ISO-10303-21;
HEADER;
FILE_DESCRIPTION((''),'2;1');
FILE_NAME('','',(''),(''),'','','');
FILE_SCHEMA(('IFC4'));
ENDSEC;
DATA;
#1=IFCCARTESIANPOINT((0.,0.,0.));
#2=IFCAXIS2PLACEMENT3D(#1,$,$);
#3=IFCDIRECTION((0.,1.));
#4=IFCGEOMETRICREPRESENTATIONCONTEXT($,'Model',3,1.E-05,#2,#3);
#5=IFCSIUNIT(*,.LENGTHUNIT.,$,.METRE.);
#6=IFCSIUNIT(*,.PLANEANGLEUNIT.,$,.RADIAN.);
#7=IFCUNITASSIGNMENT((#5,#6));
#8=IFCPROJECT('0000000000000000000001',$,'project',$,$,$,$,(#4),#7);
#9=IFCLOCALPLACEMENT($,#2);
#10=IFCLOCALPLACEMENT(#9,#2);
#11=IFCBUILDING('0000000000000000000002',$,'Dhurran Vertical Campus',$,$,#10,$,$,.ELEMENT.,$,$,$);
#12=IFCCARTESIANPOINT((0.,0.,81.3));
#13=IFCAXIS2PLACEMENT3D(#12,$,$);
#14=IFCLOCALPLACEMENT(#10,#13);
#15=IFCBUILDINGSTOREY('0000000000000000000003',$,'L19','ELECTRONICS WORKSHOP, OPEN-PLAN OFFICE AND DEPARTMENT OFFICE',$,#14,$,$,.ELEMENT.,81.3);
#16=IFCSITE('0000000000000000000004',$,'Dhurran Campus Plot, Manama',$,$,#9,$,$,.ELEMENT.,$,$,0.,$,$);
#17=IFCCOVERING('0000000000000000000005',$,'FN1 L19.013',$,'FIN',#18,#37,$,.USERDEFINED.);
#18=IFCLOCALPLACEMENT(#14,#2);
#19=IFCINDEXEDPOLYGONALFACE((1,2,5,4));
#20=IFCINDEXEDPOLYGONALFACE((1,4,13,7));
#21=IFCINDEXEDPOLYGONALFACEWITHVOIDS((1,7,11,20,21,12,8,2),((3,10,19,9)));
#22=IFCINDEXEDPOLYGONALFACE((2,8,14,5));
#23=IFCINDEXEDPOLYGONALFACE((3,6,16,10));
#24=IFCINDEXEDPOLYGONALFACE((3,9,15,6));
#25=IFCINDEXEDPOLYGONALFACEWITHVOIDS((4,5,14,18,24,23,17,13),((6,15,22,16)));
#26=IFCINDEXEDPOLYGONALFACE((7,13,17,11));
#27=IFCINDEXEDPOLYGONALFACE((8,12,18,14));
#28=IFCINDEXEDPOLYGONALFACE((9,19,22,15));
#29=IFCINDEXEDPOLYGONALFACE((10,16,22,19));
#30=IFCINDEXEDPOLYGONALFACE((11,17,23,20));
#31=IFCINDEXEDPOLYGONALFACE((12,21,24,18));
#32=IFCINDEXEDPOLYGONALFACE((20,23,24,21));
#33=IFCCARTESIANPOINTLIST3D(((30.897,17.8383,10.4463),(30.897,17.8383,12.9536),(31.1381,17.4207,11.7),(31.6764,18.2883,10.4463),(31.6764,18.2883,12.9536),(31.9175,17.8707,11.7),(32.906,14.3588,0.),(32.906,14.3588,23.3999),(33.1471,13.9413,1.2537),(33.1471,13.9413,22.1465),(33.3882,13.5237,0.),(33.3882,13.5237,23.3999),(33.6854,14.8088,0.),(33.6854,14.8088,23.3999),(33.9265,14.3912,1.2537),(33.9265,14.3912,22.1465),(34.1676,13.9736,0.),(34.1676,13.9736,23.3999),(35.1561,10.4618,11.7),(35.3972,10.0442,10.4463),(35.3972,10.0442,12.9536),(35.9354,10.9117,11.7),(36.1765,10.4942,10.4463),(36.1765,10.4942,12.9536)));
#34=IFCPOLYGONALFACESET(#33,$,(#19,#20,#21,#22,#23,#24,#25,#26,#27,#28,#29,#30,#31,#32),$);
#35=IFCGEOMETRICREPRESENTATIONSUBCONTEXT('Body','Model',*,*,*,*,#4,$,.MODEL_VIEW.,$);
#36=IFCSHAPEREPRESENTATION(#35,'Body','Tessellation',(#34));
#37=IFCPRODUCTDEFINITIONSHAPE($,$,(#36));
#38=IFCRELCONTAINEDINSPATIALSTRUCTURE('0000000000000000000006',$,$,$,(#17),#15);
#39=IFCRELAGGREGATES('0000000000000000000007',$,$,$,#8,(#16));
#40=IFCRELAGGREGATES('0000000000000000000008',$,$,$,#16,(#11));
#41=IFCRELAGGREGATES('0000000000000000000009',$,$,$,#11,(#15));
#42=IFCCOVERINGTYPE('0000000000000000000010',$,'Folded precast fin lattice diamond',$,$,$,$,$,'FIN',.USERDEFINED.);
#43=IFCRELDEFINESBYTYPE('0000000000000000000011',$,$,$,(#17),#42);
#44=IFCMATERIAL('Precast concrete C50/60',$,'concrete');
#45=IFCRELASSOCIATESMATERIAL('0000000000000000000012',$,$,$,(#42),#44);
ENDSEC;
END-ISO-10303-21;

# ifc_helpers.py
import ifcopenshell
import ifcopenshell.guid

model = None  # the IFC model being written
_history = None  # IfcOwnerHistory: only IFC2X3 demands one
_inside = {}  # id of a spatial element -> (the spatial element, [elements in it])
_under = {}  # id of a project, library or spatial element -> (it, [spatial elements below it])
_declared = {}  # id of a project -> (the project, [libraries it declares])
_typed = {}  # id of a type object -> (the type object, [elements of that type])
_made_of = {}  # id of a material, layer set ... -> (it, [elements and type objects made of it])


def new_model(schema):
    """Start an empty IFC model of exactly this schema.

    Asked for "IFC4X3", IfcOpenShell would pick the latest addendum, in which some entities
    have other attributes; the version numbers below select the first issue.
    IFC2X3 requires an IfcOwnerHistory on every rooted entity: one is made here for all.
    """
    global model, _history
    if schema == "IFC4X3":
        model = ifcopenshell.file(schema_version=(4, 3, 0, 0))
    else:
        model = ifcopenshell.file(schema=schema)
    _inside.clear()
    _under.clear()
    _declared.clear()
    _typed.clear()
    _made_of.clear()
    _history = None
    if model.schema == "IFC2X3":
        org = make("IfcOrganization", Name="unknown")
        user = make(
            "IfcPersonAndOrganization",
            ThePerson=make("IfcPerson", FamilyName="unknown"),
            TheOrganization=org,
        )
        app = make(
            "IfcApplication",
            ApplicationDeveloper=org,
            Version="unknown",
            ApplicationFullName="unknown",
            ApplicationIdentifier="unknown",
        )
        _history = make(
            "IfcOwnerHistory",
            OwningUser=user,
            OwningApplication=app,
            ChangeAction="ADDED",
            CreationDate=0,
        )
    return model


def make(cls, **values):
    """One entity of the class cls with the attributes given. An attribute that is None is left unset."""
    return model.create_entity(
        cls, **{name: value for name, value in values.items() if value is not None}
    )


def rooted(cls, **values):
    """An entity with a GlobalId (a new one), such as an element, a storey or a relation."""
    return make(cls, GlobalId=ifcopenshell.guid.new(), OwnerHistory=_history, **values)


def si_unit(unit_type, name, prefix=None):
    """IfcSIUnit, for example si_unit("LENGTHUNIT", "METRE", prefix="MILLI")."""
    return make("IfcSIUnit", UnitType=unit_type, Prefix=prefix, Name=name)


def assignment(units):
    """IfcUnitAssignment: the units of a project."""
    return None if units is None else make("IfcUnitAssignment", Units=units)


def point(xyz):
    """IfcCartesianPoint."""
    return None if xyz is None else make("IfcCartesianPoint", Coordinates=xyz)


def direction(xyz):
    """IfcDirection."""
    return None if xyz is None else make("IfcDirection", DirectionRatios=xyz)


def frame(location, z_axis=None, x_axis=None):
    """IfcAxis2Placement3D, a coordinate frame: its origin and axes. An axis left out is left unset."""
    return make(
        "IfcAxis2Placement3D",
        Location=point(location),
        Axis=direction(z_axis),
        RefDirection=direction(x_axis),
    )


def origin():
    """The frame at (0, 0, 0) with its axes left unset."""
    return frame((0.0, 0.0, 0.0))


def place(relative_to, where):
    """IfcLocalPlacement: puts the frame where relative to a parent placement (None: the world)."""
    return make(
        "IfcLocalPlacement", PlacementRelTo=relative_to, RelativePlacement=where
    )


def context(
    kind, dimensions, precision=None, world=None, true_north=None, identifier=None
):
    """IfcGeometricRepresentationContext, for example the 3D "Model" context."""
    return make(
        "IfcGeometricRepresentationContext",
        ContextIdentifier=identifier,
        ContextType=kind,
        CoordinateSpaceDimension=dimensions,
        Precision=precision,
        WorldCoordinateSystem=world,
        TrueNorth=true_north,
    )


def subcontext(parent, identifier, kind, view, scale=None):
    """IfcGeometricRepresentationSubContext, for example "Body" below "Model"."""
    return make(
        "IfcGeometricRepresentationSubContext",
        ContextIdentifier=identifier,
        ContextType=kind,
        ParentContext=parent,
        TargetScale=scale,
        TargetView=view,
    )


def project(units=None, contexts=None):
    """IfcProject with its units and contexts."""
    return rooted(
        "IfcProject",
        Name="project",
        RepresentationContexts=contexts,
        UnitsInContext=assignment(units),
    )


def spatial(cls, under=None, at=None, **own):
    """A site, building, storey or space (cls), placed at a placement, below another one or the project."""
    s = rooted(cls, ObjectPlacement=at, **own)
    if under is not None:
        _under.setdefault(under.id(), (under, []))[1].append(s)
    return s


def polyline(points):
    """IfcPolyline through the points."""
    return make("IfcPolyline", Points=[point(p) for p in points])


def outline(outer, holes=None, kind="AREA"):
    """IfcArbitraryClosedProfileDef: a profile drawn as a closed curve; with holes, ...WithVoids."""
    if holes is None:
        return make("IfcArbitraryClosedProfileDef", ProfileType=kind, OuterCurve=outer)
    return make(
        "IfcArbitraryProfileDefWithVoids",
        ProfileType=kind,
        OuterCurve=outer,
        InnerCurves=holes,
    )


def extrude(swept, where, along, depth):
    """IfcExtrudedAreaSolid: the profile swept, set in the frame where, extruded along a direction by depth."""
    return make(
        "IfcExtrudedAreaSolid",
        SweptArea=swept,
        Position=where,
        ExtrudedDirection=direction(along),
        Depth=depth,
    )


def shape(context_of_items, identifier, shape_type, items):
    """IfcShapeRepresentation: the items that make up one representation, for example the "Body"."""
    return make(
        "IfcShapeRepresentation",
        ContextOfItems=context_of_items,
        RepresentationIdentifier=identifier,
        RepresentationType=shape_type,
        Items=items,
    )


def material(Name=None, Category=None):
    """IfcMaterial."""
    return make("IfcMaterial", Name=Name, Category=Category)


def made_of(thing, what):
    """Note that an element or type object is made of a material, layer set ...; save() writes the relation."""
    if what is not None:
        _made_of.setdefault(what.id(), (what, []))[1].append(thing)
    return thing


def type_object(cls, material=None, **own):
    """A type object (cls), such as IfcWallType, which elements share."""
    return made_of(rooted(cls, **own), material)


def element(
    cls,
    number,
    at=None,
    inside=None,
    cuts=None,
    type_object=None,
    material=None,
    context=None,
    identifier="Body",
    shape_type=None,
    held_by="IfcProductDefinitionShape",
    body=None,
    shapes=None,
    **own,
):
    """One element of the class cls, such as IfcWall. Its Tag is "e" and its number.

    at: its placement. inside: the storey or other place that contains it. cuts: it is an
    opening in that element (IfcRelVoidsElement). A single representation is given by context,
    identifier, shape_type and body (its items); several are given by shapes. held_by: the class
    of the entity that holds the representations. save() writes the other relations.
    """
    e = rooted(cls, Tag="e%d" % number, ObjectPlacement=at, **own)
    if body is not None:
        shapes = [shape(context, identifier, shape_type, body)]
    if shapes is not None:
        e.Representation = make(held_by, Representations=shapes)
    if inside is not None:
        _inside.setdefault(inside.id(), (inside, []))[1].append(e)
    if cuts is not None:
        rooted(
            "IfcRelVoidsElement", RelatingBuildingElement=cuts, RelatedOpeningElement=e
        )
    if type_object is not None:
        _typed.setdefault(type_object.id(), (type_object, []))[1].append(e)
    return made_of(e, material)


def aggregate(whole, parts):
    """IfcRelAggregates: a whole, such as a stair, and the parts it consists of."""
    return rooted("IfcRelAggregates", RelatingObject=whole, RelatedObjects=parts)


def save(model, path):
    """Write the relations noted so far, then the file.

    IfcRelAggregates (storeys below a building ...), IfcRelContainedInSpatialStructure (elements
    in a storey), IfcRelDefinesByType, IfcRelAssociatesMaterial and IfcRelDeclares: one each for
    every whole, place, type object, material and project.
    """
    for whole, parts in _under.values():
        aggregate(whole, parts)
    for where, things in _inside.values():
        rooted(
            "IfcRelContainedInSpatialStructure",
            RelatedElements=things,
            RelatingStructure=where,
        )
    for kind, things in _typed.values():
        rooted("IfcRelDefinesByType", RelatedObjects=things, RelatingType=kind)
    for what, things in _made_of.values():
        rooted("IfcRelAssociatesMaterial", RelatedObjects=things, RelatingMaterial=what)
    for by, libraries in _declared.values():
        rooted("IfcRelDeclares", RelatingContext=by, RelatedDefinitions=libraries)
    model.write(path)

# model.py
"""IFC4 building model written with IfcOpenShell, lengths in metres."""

from ifc_helpers import new_model, si_unit, direction, frame, origin, place, context, subcontext, project, spatial, polyline, outline, extrude, material, type_object, element, save


model = new_model("IFC4")

# Units and contexts
model_context = context("Model", 3, precision=1e-05, world=origin(), true_north=direction((0.0, 1.0)))
body_context = subcontext(model_context, "Body", "Model", "MODEL_VIEW")
ifc_project = project(units=[si_unit("LENGTHUNIT", "METRE"), si_unit("PLANEANGLEUNIT", "RADIAN")], contexts=[model_context])

# Site, building, storey
site_placement = place(None, origin())
site = spatial("IfcSite", under=ifc_project, at=site_placement, Name="Dhurran Campus Plot, Manama", CompositionType="ELEMENT", RefElevation=0.0)
building_placement = place(site_placement, origin())
building = spatial("IfcBuilding", under=site, at=building_placement, Name="Dhurran Vertical Campus", CompositionType="ELEMENT")
storey_placement = place(building_placement, frame((0.0, 0.0, 81.3)))
storey = spatial("IfcBuildingStorey", under=building, at=storey_placement, Name="L19", Description="ELECTRONICS WORKSHOP, OPEN-PLAN OFFICE AND DEPARTMENT OFFICE", CompositionType="ELEMENT", Elevation=81.3)

# Covering
ifc_material_1 = material(Name="Precast concrete C50/60", Category="concrete")
covering_type = type_object("IfcCoveringType", Name="Folded precast fin lattice diamond", ElementType="FIN", PredefinedType="USERDEFINED", material=ifc_material_1)
for number, where, z_axis, x_axis, name in (
    (1, (35.3972, 10.0442, 0.0), (0.866014, 0.50002, 0.0), (-0.50002, 0.866014, 0.0), "FN1 L19.013"),
):
    element("IfcCovering", number, at=place(storey_placement, frame(where, z_axis=z_axis, x_axis=x_axis)), inside=storey, type_object=covering_type, Name=name, ObjectType="FIN", PredefinedType="USERDEFINED", context=body_context, shape_type="SweptSolid", body=[
        extrude(outline(polyline([(9.0, 12.9536), (9.0, 10.4463), (4.9822, 0.0), (4.0178, 0.0), (0.0, 10.4463), (0.0, 12.9536), (4.0178, 23.3999), (4.9822, 23.3999), (9.0, 12.9536)]), holes=[polyline([(8.5178, 11.7), (4.5, 22.1465), (0.4822, 11.7), (4.5, 1.2537), (8.5178, 11.7)])]), origin(), (0.0, 0.0, 1.0), 0.8999),
    ])

save(model, "model.ifc")
